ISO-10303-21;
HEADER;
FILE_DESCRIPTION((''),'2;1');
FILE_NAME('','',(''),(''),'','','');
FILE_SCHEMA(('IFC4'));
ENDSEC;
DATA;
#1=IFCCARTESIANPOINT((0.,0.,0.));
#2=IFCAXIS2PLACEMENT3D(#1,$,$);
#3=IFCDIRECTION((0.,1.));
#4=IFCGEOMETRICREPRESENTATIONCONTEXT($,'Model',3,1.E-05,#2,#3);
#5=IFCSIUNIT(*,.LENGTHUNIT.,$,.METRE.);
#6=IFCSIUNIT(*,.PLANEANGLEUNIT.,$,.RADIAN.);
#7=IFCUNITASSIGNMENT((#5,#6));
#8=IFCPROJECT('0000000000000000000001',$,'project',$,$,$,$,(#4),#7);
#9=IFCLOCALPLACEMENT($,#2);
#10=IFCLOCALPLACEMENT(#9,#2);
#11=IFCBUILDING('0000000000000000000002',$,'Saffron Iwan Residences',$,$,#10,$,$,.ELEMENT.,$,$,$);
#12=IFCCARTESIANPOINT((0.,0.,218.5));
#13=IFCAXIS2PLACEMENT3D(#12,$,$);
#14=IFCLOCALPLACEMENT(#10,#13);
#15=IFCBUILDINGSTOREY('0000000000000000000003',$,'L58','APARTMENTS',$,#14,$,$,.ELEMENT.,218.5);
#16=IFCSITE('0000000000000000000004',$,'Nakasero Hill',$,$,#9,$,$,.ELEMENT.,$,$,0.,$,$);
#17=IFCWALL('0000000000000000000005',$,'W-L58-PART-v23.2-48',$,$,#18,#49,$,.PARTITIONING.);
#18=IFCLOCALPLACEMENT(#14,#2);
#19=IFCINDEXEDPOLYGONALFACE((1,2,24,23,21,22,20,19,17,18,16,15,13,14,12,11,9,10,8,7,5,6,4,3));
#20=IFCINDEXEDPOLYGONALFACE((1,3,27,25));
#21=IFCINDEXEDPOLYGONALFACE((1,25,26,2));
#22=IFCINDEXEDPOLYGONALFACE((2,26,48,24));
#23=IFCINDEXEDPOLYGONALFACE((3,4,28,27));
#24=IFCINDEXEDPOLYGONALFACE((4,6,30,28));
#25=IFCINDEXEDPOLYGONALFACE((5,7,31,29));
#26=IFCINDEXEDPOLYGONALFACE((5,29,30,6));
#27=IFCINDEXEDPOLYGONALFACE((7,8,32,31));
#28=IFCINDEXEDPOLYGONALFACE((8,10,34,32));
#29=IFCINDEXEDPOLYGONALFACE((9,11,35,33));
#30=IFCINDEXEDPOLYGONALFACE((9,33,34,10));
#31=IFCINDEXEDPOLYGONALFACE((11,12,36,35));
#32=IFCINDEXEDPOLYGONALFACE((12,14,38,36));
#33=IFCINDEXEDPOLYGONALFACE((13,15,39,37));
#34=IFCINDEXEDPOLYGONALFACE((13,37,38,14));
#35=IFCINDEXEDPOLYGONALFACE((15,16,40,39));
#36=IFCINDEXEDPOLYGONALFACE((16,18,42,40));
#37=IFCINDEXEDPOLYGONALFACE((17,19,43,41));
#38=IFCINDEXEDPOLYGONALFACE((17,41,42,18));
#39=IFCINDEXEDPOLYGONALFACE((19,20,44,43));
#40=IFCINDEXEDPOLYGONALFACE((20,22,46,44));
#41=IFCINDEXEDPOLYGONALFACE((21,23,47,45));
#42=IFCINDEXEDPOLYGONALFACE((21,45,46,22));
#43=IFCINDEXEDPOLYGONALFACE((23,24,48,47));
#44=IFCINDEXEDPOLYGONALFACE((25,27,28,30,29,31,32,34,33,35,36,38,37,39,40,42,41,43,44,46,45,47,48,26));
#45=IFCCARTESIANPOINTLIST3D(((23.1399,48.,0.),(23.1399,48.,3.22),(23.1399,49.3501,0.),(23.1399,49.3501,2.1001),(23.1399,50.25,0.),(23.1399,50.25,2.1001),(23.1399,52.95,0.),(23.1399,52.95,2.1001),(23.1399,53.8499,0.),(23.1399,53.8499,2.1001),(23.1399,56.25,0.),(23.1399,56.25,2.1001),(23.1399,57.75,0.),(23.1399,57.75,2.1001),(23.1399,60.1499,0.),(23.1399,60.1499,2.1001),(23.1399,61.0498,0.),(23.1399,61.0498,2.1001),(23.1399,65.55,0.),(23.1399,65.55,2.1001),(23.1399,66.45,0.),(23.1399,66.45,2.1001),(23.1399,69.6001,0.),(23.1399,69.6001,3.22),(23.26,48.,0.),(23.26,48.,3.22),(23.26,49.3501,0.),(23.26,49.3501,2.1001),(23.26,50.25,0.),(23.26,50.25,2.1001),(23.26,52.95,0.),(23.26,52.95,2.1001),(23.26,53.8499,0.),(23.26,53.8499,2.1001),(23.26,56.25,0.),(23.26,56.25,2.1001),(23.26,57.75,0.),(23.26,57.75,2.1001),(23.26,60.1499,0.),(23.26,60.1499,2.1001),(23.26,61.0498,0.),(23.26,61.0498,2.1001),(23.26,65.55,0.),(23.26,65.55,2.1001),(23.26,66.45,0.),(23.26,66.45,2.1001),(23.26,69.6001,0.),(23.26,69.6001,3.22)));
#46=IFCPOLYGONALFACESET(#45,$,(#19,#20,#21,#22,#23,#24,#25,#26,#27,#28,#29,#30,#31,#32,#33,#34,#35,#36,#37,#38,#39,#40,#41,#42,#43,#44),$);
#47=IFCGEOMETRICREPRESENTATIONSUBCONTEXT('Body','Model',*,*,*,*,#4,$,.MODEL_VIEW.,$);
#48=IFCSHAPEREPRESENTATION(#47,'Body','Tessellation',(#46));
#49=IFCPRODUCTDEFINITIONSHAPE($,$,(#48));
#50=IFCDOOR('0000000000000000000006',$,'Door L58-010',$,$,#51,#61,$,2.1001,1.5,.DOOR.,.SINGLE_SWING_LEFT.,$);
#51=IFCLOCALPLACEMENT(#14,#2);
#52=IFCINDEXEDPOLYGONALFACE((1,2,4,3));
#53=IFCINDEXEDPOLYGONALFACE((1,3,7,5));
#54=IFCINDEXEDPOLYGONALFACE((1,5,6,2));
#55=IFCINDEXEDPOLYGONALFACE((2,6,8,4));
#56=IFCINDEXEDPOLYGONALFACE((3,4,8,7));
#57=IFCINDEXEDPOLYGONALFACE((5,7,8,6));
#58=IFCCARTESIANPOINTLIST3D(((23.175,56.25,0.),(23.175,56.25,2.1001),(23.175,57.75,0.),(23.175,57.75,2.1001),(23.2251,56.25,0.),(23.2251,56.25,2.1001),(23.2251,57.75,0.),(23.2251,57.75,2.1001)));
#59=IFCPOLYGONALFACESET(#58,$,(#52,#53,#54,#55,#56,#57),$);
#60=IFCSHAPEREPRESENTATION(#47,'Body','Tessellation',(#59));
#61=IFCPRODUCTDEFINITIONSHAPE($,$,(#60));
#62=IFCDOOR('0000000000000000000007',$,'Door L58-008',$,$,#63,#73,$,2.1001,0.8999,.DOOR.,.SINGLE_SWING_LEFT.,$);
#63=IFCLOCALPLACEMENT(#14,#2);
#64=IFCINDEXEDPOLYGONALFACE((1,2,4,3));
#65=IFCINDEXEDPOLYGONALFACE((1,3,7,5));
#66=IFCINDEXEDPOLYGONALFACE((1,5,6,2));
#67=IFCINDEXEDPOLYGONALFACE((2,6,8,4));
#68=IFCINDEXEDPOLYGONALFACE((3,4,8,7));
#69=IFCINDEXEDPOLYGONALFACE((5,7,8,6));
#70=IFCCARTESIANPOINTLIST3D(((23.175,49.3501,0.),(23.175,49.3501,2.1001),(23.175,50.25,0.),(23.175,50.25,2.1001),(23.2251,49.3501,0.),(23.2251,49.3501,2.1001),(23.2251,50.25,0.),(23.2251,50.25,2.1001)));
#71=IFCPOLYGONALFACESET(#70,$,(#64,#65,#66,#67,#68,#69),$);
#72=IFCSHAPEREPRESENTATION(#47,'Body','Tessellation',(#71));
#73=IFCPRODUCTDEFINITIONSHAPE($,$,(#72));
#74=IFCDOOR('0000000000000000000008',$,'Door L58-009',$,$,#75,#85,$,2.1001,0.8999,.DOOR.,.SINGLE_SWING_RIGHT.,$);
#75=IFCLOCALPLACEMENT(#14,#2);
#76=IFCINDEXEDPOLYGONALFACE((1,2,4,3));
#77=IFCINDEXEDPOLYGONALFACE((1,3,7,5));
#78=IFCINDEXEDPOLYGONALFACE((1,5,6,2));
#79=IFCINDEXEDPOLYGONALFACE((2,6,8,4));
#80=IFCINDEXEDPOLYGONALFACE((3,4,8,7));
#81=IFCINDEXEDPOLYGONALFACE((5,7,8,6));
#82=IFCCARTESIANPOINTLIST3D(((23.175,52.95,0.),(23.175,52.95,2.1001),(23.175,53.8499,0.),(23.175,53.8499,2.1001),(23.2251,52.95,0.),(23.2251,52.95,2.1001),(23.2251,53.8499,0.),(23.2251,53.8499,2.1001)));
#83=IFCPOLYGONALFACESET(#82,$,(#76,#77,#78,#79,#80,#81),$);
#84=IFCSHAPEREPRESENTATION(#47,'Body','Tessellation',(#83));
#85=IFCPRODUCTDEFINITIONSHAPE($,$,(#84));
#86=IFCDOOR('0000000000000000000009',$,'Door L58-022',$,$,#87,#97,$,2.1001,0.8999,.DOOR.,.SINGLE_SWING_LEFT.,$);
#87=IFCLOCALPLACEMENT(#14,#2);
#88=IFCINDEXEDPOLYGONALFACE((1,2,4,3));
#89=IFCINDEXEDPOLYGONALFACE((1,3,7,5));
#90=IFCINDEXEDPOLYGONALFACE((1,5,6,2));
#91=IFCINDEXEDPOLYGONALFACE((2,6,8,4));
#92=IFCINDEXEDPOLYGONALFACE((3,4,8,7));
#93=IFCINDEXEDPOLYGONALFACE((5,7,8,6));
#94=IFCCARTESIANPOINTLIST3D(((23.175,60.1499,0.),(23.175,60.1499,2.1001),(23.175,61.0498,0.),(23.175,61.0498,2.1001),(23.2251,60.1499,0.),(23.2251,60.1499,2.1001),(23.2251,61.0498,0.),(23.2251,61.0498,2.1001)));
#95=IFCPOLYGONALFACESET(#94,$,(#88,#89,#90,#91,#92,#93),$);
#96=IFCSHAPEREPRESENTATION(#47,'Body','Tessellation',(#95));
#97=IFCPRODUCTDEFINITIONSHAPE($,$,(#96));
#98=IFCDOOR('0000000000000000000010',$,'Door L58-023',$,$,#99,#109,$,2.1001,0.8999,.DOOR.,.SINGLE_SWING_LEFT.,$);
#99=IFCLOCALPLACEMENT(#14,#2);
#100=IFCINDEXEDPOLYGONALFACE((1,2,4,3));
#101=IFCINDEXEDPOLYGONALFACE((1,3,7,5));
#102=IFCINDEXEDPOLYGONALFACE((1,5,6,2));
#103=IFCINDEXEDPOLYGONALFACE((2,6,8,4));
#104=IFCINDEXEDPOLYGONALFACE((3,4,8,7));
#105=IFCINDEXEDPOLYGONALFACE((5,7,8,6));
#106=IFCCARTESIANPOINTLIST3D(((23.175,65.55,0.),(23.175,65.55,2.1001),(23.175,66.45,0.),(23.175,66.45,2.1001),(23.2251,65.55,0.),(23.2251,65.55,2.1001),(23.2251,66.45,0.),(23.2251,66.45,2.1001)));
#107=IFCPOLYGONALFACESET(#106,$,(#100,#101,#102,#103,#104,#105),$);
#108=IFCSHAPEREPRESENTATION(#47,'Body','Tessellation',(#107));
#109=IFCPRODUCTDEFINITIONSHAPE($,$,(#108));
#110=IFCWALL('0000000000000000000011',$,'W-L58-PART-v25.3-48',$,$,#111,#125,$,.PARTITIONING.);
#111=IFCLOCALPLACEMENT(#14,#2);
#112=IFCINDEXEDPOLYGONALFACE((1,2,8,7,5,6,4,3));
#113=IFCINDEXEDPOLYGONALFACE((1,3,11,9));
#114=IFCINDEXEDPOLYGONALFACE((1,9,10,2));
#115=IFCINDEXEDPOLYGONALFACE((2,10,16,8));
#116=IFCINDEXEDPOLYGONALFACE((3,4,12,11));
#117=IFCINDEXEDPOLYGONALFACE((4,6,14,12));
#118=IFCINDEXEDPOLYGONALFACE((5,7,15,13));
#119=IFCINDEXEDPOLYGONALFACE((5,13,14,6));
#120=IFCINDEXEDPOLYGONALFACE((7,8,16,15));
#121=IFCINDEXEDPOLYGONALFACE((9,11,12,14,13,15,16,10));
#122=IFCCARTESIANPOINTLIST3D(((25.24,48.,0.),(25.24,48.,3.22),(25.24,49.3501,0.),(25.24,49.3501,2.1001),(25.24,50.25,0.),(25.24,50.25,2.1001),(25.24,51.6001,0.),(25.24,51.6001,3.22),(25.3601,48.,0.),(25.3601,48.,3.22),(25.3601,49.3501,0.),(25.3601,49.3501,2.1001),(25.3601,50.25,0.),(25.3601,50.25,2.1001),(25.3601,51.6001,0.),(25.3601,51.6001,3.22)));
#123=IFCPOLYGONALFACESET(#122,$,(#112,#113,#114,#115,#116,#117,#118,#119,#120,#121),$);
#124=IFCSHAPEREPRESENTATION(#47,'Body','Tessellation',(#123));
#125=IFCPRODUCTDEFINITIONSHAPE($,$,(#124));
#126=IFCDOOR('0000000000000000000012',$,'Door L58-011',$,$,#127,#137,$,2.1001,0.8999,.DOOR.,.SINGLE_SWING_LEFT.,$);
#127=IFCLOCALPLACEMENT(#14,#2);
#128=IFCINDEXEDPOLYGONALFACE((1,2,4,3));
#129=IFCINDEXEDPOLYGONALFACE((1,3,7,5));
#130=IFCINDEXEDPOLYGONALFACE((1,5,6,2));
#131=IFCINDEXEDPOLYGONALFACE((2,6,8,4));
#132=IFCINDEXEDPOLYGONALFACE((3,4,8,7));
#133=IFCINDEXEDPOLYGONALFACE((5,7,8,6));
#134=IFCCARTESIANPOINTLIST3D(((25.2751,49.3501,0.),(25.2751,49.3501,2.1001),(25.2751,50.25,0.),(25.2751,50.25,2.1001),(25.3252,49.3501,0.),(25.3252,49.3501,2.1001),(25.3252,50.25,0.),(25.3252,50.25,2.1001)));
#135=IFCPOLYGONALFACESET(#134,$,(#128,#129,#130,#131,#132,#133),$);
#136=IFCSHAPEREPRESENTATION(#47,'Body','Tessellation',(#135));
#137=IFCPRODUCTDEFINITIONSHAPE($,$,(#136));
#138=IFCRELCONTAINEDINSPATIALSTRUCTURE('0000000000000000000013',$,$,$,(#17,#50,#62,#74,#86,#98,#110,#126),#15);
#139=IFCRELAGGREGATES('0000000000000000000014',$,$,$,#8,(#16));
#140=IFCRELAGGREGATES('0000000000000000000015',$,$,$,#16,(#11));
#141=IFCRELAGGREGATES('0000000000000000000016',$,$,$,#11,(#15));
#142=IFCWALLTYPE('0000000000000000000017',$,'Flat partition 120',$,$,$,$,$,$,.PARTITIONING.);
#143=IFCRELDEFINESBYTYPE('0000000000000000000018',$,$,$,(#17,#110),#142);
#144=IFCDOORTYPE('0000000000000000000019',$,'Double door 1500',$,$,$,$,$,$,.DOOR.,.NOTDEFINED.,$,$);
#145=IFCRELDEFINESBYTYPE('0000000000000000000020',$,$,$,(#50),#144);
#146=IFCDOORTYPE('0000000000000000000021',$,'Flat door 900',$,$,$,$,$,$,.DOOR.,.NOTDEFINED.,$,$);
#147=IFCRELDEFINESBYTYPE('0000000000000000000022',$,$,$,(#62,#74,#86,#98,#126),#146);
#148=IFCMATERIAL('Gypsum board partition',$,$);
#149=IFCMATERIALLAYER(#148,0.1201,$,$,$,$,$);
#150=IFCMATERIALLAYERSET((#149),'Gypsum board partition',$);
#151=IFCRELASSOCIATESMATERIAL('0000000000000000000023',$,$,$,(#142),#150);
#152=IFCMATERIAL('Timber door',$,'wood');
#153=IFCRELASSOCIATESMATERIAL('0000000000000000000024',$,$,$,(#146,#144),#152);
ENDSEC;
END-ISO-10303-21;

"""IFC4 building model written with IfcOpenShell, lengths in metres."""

from ifc_helpers import new_model, si_unit, direction, frame, frame_2d, origin, place, context, subcontext, project, spatial, rectangle, extrude, material, layer, layer_set, type_object, element, fill, save


model = new_model("IFC4")

# Units and contexts
model_context = context("Model", 3, precision=1e-05, world=origin(), true_north=direction((0.0, 1.0)))
body_context = subcontext(model_context, "Body", "Model", "MODEL_VIEW")
ifc_project = project(units=[si_unit("LENGTHUNIT", "METRE"), si_unit("PLANEANGLEUNIT", "RADIAN")], contexts=[model_context])

# Site, building, storey
site_placement = place(None, origin())
site = spatial("IfcSite", under=ifc_project, at=site_placement, Name="Nakasero Hill", CompositionType="ELEMENT", RefElevation=0.0)
building_placement = place(site_placement, origin())
building = spatial("IfcBuilding", under=site, at=building_placement, Name="Saffron Iwan Residences", CompositionType="ELEMENT")
storey_placement = place(building_placement, frame((0.0, 0.0, 218.5)))
storey = spatial("IfcBuildingStorey", under=building, at=storey_placement, Name="L58", Description="APARTMENTS", CompositionType="ELEMENT", Elevation=218.5)

# Shared definitions
ifc_material_1 = material(Name="Gypsum board partition")
ifc_layer_1 = layer(ifc_material_1, 0.1201)
ifc_layer_set_1 = layer_set([ifc_layer_1], Name="Gypsum board partition")
wall_type_1 = type_object("IfcWallType", Name="Flat partition 120", PredefinedType="PARTITIONING", material=ifc_layer_set_1)

# Shared definitions
ifc_material_2 = material(Name="Timber door", Category="wood")
door_type_1 = type_object("IfcDoorType", Name="Flat door 900", OperationType="NOTDEFINED", PredefinedType="DOOR", material=ifc_material_2)

# Wall, openings, doors
wall_1_placement = place(storey_placement, frame((23.2, 48.0, 0.0), z_axis=(0.0, 0.0, 1.0), x_axis=(0.0, 1.0, 0.0)))
wall_1 = element("IfcWall", 1, at=wall_1_placement, inside=storey, type_object=wall_type_1, Name="W-L58-PART-v23.2-48", PredefinedType="PARTITIONING", context=body_context, shape_type="SweptSolid", body=[
    extrude(rectangle(XDim=21.6001, YDim=0.1201, at=frame_2d((10.8, 0.0))), origin(), (0.0, 0.0, 1.0), 3.22),
])
opening_1_placement = place(wall_1_placement, frame((1.3501, 0.0, 0.0)))
opening_1 = element("IfcOpeningElement", 2, at=opening_1_placement, cuts=wall_1, PredefinedType="OPENING", context=body_context, shape_type="SweptSolid", body=[
    extrude(rectangle(XDim=0.8999, YDim=2.1001, at=frame_2d((0.45, 1.05))), frame((0.0, 0.0701, 0.0), z_axis=(0.0, -1.0, 0.0), x_axis=(1.0, 0.0, 0.0)), (0.0, 0.0, 1.0), 0.1401),
])
opening_2_placement = place(wall_1_placement, frame((4.95, 0.0, 0.0)))
opening_2 = element("IfcOpeningElement", 3, at=opening_2_placement, cuts=wall_1, PredefinedType="OPENING", context=body_context, shape_type="SweptSolid", body=[
    extrude(rectangle(XDim=0.8999, YDim=2.1001, at=frame_2d((0.45, 1.05))), frame((0.0, 0.0701, 0.0), z_axis=(0.0, -1.0, 0.0), x_axis=(1.0, 0.0, 0.0)), (0.0, 0.0, 1.0), 0.1401),
])
opening_3_placement = place(wall_1_placement, frame((8.25, 0.0, 0.0)))
opening_3 = element("IfcOpeningElement", 4, at=opening_3_placement, cuts=wall_1, PredefinedType="OPENING", context=body_context, shape_type="SweptSolid", body=[
    extrude(rectangle(XDim=1.5, YDim=2.1001, at=frame_2d((0.75, 1.05))), frame((0.0, 0.0701, 0.0), z_axis=(0.0, -1.0, 0.0), x_axis=(1.0, 0.0, 0.0)), (0.0, 0.0, 1.0), 0.1401),
])
opening_4_placement = place(wall_1_placement, frame((12.1499, 0.0, 0.0)))
opening_4 = element("IfcOpeningElement", 5, at=opening_4_placement, cuts=wall_1, PredefinedType="OPENING", context=body_context, shape_type="SweptSolid", body=[
    extrude(rectangle(XDim=0.8999, YDim=2.1001, at=frame_2d((0.45, 1.05))), frame((0.0, 0.0701, 0.0), z_axis=(0.0, -1.0, 0.0), x_axis=(1.0, 0.0, 0.0)), (0.0, 0.0, 1.0), 0.1401),
])
opening_5_placement = place(wall_1_placement, frame((17.55, 0.0, 0.0)))
opening_5 = element("IfcOpeningElement", 6, at=opening_5_placement, cuts=wall_1, PredefinedType="OPENING", context=body_context, shape_type="SweptSolid", body=[
    extrude(rectangle(XDim=0.8999, YDim=2.1001, at=frame_2d((0.45, 1.05))), frame((0.0, 0.0701, 0.0), z_axis=(0.0, -1.0, 0.0), x_axis=(1.0, 0.0, 0.0)), (0.0, 0.0, 1.0), 0.1401),
])
door_type_2 = type_object("IfcDoorType", Name="Double door 1500", OperationType="NOTDEFINED", PredefinedType="DOOR", material=ifc_material_2)
door_1_placement = place(opening_3_placement, origin())
door_1 = element("IfcDoor", 7, at=door_1_placement, inside=storey, type_object=door_type_2, Name="Door L58-010", OperationType="SINGLE_SWING_LEFT", OverallHeight=2.1001, OverallWidth=1.5, PredefinedType="DOOR", context=body_context, shape_type="SweptSolid", body=[
    extrude(rectangle(XDim=1.5, YDim=2.1001, at=frame_2d((0.75, 1.05))), frame((0.0, 0.0249, 0.0), z_axis=(0.0, -1.0, 0.0), x_axis=(1.0, 0.0, 0.0)), (0.0, 0.0, 1.0), 0.05),
])
fill(opening_3, door_1)
door_2_placement = place(opening_1_placement, origin())
door_2 = element("IfcDoor", 8, at=door_2_placement, inside=storey, type_object=door_type_1, Name="Door L58-008", OperationType="SINGLE_SWING_LEFT", OverallHeight=2.1001, OverallWidth=0.8999, PredefinedType="DOOR", context=body_context, shape_type="SweptSolid", body=[
    extrude(rectangle(XDim=0.8999, YDim=2.1001, at=frame_2d((0.45, 1.05))), frame((0.0, 0.0249, 0.0), z_axis=(0.0, -1.0, 0.0), x_axis=(1.0, 0.0, 0.0)), (0.0, 0.0, 1.0), 0.05),
])
fill(opening_1, door_2)
door_3_placement = place(opening_2_placement, origin())
door_3 = element("IfcDoor", 9, at=door_3_placement, inside=storey, type_object=door_type_1, Name="Door L58-009", OperationType="SINGLE_SWING_RIGHT", OverallHeight=2.1001, OverallWidth=0.8999, PredefinedType="DOOR", context=body_context, shape_type="SweptSolid", body=[
    extrude(rectangle(XDim=0.8999, YDim=2.1001, at=frame_2d((0.45, 1.05))), frame((0.0, 0.0249, 0.0), z_axis=(0.0, -1.0, 0.0), x_axis=(1.0, 0.0, 0.0)), (0.0, 0.0, 1.0), 0.05),
])
fill(opening_2, door_3)
door_4_placement = place(opening_4_placement, origin())
door_4 = element("IfcDoor", 10, at=door_4_placement, inside=storey, type_object=door_type_1, Name="Door L58-022", OperationType="SINGLE_SWING_LEFT", OverallHeight=2.1001, OverallWidth=0.8999, PredefinedType="DOOR", context=body_context, shape_type="SweptSolid", body=[
    extrude(rectangle(XDim=0.8999, YDim=2.1001, at=frame_2d((0.45, 1.05))), frame((0.0, 0.0249, 0.0), z_axis=(0.0, -1.0, 0.0), x_axis=(1.0, 0.0, 0.0)), (0.0, 0.0, 1.0), 0.05),
])
fill(opening_4, door_4)
door_5_placement = place(opening_5_placement, origin())
door_5 = element("IfcDoor", 11, at=door_5_placement, inside=storey, type_object=door_type_1, Name="Door L58-023", OperationType="SINGLE_SWING_LEFT", OverallHeight=2.1001, OverallWidth=0.8999, PredefinedType="DOOR", context=body_context, shape_type="SweptSolid", body=[
    extrude(rectangle(XDim=0.8999, YDim=2.1001, at=frame_2d((0.45, 1.05))), frame((0.0, 0.0249, 0.0), z_axis=(0.0, -1.0, 0.0), x_axis=(1.0, 0.0, 0.0)), (0.0, 0.0, 1.0), 0.05),
])
fill(opening_5, door_5)

# Wall, opening, door
wall_2_placement = place(storey_placement, frame((25.3, 48.0, 0.0), z_axis=(0.0, 0.0, 1.0), x_axis=(0.0, 1.0, 0.0)))
wall_2 = element("IfcWall", 12, at=wall_2_placement, inside=storey, type_object=wall_type_1, Name="W-L58-PART-v25.3-48", PredefinedType="PARTITIONING", context=body_context, shape_type="SweptSolid", body=[
    extrude(rectangle(XDim=3.6001, YDim=0.1201, at=frame_2d((1.8, 0.0))), origin(), (0.0, 0.0, 1.0), 3.22),
])
opening_6_placement = place(wall_2_placement, frame((1.3501, 0.0, 0.0)))
opening_6 = element("IfcOpeningElement", 13, at=opening_6_placement, cuts=wall_2, PredefinedType="OPENING", context=body_context, shape_type="SweptSolid", body=[
    extrude(rectangle(XDim=0.8999, YDim=2.1001, at=frame_2d((0.45, 1.05))), frame((0.0, 0.0701, 0.0), z_axis=(0.0, -1.0, 0.0), x_axis=(1.0, 0.0, 0.0)), (0.0, 0.0, 1.0), 0.1401),
])
door_6_placement = place(opening_6_placement, origin())
door_6 = element("IfcDoor", 14, at=door_6_placement, inside=storey, type_object=door_type_1, Name="Door L58-011", OperationType="SINGLE_SWING_LEFT", OverallHeight=2.1001, OverallWidth=0.8999, PredefinedType="DOOR", context=body_context, shape_type="SweptSolid", body=[
    extrude(rectangle(XDim=0.8999, YDim=2.1001, at=frame_2d((0.45, 1.05))), frame((0.0, 0.0249, 0.0), z_axis=(0.0, -1.0, 0.0), x_axis=(1.0, 0.0, 0.0)), (0.0, 0.0, 1.0), 0.05),
])
fill(opening_6, door_6)

save(model, "model.ifc")
